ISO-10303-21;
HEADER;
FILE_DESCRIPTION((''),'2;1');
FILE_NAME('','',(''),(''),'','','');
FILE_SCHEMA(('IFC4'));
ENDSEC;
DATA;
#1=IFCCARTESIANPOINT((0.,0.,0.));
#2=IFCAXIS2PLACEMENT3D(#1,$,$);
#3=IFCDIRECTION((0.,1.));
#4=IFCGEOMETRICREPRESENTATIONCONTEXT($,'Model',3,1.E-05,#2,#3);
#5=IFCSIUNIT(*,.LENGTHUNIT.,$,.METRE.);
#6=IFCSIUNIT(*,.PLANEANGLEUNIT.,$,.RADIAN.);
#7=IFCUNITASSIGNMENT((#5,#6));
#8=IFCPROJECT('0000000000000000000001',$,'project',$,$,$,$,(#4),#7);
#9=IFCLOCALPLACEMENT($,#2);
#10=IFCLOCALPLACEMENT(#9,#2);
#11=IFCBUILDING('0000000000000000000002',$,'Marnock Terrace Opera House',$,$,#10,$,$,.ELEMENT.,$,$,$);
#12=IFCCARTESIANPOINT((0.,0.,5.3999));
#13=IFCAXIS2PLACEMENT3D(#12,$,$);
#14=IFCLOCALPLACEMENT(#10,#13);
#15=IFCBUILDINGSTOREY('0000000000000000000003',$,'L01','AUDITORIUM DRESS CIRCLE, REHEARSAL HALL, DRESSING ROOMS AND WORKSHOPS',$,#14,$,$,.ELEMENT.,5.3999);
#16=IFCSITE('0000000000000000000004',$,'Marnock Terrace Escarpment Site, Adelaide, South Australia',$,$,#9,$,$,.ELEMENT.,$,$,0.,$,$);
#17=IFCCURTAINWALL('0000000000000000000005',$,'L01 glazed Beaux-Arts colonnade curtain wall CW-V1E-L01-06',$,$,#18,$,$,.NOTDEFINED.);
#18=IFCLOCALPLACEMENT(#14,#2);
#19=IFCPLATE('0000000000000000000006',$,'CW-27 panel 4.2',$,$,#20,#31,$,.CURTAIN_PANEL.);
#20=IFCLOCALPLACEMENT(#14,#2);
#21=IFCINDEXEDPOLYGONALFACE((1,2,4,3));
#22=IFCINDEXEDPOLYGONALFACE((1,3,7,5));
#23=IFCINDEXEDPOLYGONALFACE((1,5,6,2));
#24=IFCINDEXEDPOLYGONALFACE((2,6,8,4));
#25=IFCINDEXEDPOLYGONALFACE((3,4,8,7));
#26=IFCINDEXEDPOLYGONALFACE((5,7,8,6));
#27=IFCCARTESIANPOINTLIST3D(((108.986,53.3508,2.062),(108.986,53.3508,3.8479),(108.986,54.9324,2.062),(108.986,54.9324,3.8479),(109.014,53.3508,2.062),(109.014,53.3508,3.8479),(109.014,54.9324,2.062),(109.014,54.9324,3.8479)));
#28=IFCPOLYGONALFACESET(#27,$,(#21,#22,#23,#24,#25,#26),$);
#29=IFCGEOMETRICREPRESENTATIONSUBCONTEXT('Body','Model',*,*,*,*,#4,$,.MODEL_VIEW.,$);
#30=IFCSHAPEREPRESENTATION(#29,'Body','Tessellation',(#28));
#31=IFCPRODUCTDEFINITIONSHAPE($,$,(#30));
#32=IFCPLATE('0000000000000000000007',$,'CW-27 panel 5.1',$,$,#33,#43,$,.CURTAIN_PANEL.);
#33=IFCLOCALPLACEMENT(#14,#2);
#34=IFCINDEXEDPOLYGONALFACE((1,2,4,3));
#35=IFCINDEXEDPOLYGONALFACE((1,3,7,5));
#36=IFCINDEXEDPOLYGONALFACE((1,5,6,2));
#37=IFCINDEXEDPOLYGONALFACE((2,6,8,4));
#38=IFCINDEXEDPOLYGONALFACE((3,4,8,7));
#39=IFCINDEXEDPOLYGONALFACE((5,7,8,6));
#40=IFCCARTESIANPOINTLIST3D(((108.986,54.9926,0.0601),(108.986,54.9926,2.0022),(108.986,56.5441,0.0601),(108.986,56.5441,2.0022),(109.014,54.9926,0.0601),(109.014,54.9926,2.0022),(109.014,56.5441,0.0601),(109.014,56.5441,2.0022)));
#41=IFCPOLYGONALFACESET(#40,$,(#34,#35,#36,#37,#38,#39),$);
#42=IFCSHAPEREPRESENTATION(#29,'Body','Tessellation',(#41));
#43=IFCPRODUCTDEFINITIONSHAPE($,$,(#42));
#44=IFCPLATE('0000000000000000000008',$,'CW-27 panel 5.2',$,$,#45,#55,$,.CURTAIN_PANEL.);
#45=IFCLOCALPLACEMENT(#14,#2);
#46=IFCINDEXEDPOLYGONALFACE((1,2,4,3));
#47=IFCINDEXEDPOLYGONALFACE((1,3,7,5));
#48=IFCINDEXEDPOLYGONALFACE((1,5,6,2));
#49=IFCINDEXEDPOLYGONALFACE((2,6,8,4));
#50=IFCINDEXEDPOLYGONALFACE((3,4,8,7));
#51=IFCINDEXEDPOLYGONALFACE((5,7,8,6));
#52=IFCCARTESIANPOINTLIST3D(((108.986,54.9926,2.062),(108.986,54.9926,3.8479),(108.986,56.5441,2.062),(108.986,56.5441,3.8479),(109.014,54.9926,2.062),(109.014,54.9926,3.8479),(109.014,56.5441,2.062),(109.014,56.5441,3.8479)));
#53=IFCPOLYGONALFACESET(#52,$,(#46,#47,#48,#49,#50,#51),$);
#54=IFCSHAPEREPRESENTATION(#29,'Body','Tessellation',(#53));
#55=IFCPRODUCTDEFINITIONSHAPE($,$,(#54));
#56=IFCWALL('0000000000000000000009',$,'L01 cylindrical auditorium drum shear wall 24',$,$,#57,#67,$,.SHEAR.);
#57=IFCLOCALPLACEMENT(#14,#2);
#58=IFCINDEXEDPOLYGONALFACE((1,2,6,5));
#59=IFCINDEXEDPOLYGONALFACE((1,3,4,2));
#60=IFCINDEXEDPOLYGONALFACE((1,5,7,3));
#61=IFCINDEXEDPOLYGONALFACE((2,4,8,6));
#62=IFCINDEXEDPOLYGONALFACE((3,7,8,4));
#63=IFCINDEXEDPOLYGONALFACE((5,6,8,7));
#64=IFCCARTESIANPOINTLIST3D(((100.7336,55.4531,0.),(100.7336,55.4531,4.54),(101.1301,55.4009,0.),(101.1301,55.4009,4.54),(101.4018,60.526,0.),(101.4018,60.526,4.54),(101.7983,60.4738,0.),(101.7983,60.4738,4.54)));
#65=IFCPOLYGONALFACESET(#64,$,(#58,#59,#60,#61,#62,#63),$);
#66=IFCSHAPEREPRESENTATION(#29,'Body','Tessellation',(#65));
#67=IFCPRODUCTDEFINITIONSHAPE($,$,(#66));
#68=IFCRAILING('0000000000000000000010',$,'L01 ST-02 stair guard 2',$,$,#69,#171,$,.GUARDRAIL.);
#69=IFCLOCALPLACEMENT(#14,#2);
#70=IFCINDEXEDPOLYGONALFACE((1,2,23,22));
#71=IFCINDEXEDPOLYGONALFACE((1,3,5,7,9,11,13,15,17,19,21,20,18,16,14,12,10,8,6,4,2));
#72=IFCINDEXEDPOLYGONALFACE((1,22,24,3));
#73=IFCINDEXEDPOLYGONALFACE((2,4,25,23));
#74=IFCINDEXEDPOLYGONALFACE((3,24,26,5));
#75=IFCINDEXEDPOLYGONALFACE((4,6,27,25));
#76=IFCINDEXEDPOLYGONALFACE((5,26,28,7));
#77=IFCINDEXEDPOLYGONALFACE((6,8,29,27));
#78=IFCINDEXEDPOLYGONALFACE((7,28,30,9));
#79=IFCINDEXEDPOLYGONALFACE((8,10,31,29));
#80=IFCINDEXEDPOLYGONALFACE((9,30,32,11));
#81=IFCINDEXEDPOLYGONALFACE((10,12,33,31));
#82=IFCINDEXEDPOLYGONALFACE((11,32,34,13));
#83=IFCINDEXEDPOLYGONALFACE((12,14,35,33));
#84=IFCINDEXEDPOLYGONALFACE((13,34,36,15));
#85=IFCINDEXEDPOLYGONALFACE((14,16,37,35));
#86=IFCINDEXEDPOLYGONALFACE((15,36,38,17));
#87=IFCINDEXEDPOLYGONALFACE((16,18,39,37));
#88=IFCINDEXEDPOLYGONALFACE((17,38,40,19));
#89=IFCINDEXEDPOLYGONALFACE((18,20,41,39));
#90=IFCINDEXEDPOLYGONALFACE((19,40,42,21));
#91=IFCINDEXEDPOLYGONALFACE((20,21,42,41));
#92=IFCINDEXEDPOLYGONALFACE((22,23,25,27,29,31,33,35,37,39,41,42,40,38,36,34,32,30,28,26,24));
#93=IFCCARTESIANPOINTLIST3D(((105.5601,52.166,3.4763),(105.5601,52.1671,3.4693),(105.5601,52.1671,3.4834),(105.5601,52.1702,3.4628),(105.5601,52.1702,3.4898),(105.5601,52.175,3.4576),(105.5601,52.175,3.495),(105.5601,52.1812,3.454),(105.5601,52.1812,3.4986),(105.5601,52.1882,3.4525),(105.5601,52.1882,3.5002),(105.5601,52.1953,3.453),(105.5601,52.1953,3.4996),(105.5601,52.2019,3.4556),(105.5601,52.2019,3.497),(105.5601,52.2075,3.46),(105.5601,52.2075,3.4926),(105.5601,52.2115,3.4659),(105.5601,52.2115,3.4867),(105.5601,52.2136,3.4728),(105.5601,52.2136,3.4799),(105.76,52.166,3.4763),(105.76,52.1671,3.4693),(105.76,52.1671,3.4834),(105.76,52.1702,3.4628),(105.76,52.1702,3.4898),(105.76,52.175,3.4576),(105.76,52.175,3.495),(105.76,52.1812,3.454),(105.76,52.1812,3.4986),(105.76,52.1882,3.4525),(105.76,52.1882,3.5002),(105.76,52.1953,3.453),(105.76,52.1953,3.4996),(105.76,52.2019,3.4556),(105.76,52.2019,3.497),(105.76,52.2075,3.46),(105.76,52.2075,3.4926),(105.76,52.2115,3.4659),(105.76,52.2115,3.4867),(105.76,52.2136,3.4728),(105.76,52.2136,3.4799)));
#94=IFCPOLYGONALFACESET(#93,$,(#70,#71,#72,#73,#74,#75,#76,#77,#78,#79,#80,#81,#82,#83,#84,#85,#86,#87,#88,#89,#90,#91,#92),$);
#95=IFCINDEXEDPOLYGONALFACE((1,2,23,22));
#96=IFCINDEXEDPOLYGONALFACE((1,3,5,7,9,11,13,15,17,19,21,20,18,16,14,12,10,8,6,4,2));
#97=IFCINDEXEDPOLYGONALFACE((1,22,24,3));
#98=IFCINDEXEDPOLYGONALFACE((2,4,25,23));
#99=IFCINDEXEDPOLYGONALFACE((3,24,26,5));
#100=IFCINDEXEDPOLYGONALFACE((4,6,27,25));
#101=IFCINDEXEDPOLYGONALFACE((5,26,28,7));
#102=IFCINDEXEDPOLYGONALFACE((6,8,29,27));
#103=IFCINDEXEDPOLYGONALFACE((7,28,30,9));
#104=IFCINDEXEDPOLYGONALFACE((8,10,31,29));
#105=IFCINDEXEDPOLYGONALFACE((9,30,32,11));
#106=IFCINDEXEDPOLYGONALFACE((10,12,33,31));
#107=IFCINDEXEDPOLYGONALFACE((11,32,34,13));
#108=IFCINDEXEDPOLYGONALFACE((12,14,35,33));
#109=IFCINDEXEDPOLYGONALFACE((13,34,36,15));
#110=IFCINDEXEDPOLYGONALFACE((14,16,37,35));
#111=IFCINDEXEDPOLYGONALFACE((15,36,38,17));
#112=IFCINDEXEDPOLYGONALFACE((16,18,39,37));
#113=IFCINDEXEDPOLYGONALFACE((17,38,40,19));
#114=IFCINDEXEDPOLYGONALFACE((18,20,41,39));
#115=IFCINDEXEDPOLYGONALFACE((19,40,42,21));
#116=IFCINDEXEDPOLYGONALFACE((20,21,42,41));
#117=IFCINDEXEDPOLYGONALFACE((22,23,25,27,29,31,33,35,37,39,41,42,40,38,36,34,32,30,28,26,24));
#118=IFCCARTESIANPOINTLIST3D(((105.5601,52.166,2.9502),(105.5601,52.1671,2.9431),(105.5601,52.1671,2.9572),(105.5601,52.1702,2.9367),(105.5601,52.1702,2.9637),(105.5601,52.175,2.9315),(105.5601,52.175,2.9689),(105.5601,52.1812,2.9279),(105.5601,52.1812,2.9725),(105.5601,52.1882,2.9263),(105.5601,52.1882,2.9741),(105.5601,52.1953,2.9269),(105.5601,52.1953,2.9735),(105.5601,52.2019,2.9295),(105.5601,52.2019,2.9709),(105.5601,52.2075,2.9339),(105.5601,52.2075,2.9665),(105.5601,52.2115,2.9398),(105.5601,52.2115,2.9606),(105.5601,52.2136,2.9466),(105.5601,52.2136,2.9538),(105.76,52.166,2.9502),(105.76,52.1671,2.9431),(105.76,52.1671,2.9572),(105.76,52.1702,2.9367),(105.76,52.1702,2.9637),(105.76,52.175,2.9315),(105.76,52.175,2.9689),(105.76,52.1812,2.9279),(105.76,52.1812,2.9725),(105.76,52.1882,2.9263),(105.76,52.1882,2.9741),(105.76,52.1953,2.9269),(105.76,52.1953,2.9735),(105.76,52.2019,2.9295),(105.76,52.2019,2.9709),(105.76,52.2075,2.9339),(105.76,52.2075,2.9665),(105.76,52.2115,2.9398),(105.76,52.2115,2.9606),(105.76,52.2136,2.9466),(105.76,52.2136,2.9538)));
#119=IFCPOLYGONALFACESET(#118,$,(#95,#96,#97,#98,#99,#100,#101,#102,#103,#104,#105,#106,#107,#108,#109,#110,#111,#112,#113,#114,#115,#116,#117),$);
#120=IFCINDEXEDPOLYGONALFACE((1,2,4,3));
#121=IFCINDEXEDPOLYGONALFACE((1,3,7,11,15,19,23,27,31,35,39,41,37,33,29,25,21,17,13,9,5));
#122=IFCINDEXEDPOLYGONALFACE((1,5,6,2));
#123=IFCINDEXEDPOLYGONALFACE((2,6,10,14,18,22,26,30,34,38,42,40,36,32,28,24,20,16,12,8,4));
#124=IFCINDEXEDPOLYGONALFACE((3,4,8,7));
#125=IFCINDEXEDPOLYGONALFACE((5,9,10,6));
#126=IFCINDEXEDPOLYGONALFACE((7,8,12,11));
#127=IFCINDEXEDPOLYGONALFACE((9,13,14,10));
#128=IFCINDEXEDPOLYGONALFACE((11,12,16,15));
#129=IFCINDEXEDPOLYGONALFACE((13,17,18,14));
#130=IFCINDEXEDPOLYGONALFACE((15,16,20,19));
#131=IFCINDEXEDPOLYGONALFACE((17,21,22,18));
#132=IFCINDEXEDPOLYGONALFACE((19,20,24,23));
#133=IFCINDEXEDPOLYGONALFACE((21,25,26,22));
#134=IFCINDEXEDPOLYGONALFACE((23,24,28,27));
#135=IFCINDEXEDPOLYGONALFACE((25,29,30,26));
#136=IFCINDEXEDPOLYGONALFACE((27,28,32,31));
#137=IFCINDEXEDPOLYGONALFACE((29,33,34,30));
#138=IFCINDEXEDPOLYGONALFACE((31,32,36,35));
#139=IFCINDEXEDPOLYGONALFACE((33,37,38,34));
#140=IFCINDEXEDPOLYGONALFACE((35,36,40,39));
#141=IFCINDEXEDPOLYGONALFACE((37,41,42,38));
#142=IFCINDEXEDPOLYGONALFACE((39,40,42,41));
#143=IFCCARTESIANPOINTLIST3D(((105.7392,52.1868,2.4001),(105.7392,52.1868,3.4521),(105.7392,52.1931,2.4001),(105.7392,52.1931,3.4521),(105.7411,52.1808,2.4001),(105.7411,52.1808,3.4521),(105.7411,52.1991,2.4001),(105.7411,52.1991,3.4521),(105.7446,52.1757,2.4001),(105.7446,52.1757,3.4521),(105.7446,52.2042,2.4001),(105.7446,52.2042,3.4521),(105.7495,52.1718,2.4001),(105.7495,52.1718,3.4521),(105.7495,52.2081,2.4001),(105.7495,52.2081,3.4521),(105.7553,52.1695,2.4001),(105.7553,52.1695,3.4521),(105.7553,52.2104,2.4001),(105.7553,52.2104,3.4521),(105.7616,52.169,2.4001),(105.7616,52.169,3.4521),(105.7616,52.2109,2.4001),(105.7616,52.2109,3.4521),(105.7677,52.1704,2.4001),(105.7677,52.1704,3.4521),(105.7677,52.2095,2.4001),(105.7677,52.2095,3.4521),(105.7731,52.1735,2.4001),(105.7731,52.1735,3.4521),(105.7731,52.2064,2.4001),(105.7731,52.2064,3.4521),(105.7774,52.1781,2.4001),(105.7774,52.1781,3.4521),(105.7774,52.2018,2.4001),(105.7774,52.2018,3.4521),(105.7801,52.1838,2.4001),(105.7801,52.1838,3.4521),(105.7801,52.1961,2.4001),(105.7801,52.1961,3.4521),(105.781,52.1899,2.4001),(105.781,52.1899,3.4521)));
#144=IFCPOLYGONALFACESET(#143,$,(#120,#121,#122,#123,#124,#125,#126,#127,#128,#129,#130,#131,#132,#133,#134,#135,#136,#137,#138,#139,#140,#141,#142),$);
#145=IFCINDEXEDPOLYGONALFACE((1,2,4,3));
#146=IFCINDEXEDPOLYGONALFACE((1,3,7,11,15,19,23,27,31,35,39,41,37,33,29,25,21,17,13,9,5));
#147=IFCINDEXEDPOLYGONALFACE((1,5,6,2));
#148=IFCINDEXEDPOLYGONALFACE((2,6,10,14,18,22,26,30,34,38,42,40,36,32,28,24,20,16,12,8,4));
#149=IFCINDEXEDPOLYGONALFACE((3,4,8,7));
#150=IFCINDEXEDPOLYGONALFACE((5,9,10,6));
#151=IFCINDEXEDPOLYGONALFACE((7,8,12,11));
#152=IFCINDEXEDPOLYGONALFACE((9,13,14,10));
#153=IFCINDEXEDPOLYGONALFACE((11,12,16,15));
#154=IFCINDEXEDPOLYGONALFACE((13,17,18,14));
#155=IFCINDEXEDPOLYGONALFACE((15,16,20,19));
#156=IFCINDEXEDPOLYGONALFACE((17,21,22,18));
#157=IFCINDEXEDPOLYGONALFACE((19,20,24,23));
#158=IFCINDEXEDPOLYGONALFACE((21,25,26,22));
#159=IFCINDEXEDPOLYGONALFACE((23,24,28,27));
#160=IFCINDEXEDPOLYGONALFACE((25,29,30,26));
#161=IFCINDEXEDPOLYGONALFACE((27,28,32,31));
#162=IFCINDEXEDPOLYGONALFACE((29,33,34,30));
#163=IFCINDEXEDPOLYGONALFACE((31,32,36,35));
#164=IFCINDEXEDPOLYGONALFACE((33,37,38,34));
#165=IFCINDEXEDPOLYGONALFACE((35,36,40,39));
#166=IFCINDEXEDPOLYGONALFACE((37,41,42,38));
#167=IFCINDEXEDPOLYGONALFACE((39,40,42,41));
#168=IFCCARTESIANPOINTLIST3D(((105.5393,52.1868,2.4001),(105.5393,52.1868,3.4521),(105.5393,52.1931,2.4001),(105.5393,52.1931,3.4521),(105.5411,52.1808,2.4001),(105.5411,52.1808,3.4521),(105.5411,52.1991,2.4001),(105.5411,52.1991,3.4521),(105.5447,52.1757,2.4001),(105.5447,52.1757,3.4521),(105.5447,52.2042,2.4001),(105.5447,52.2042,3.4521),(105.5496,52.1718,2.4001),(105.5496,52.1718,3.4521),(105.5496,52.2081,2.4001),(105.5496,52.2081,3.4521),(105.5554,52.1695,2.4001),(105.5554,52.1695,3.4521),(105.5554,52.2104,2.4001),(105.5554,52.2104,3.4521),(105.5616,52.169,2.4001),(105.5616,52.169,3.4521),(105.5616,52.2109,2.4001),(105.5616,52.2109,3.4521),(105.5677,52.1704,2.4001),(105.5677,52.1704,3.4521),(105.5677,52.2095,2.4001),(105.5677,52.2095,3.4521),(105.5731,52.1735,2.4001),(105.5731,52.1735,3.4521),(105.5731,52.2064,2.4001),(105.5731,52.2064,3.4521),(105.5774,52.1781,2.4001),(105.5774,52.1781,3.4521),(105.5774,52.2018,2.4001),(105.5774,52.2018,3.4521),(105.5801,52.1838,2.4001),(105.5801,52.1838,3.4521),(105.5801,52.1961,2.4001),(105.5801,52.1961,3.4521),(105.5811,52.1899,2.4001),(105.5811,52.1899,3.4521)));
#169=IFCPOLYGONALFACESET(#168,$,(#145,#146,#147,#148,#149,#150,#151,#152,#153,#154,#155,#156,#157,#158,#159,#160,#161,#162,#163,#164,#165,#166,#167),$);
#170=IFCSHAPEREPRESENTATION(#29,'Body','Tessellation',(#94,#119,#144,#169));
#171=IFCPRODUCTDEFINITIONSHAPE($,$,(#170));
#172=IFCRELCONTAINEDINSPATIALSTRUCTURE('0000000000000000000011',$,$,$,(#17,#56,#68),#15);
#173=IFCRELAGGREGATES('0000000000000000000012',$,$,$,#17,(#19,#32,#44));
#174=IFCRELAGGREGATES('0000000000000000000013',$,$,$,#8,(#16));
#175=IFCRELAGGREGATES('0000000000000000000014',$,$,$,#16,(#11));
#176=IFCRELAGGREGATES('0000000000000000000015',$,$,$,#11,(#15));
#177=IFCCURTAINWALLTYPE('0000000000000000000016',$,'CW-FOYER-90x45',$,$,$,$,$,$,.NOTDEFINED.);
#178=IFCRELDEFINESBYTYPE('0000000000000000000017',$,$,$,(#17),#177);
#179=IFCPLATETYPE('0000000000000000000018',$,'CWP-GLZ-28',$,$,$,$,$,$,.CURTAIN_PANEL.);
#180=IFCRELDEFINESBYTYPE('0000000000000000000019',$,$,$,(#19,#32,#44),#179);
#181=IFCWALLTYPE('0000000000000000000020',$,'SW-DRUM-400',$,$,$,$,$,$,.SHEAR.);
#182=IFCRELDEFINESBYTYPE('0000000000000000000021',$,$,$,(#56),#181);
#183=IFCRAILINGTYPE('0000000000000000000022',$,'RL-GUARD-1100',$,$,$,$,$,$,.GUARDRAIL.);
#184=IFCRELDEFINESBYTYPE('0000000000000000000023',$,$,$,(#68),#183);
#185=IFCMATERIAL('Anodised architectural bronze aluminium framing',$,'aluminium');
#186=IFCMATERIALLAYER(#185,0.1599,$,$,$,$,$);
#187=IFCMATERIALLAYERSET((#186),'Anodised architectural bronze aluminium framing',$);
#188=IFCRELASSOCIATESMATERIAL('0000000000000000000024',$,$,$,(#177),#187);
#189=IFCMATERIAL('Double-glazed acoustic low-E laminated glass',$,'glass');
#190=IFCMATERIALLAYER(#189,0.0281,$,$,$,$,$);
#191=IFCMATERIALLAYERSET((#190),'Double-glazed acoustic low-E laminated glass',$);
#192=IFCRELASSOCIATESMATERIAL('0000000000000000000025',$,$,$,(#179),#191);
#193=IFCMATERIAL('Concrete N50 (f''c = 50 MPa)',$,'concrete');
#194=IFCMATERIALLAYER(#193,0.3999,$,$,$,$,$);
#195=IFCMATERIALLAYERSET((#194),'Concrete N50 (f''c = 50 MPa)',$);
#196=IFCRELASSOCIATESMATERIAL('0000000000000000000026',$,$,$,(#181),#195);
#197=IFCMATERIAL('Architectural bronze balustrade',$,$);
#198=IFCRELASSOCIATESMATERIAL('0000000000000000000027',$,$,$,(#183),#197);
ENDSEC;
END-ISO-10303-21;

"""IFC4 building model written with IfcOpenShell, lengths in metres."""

from ifc_helpers import new_model, si_unit, direction, frame, frame_2d, origin, origin_2d, place, context, subcontext, project, spatial, rectangle, circle, extrude, material, layer, layer_set, type_object, element, aggregate, save


model = new_model("IFC4")

# Units and contexts
model_context = context("Model", 3, precision=1e-05, world=origin(), true_north=direction((0.0, 1.0)))
body_context = subcontext(model_context, "Body", "Model", "MODEL_VIEW")
ifc_project = project(units=[si_unit("LENGTHUNIT", "METRE"), si_unit("PLANEANGLEUNIT", "RADIAN")], contexts=[model_context])

# Site, building, storey
site_placement = place(None, origin())
site = spatial("IfcSite", under=ifc_project, at=site_placement, Name="Marnock Terrace Escarpment Site, Adelaide, South Australia", CompositionType="ELEMENT", RefElevation=0.0)
building_placement = place(site_placement, origin())
building = spatial("IfcBuilding", under=site, at=building_placement, Name="Marnock Terrace Opera House", CompositionType="ELEMENT")
storey_placement = place(building_placement, frame((0.0, 0.0, 5.3999)))
storey = spatial("IfcBuildingStorey", under=building, at=storey_placement, Name="L01", Description="AUDITORIUM DRESS CIRCLE, REHEARSAL HALL, DRESSING ROOMS AND WORKSHOPS", CompositionType="ELEMENT", Elevation=5.3999)

# Shared definitions
ifc_material_1 = material(Name="Concrete N50 (f'c = 50 MPa)", Category="concrete")

# Curtain wall, plates
ifc_material_2 = material(Name="Anodised architectural bronze aluminium framing", Category="aluminium")
ifc_layer_1 = layer(ifc_material_2, 0.1599)
ifc_layer_set_1 = layer_set([ifc_layer_1], Name="Anodised architectural bronze aluminium framing")
curtain_wall_type = type_object("IfcCurtainWallType", Name="CW-FOYER-90x45", PredefinedType="NOTDEFINED", material=ifc_layer_set_1)
curtain_wall_placement = place(storey_placement, origin())
curtain_wall = element("IfcCurtainWall", 1, at=curtain_wall_placement, inside=storey, type_object=curtain_wall_type, Name="L01 glazed Beaux-Arts colonnade curtain wall CW-V1E-L01-06", PredefinedType="NOTDEFINED")
ifc_material_3 = material(Name="Double-glazed acoustic low-E laminated glass", Category="glass")
ifc_layer_2 = layer(ifc_material_3, 0.0281)
ifc_layer_set_2 = layer_set([ifc_layer_2], Name="Double-glazed acoustic low-E laminated glass")
plate_type = type_object("IfcPlateType", Name="CWP-GLZ-28", PredefinedType="CURTAIN_PANEL", material=ifc_layer_set_2)
plate_1_placement = place(storey_placement, frame((109.0, 54.1416, 2.062), z_axis=(0.0, 0.0, 1.0), x_axis=(0.0, 1.0, 0.0)))
plate_1 = element("IfcPlate", 2, at=plate_1_placement, type_object=plate_type, Name="CW-27 panel 4.2", PredefinedType="CURTAIN_PANEL", context=body_context, shape_type="SweptSolid", body=[
    extrude(rectangle(XDim=1.5815, YDim=0.0281, at=origin_2d()), origin(), (0.0, 0.0, 1.0), 1.7859),
])
plate_2_placement = place(storey_placement, frame((109.0, 55.7683, 0.0601), z_axis=(0.0, 0.0, 1.0), x_axis=(0.0, 1.0, 0.0)))
plate_2 = element("IfcPlate", 3, at=plate_2_placement, type_object=plate_type, Name="CW-27 panel 5.1", PredefinedType="CURTAIN_PANEL", context=body_context, shape_type="SweptSolid", body=[
    extrude(rectangle(XDim=1.5515, YDim=0.0281, at=origin_2d()), origin(), (0.0, 0.0, 1.0), 1.9421),
])
plate_3_placement = place(storey_placement, frame((109.0, 55.7683, 2.062), z_axis=(0.0, 0.0, 1.0), x_axis=(0.0, 1.0, 0.0)))
plate_3 = element("IfcPlate", 4, at=plate_3_placement, type_object=plate_type, Name="CW-27 panel 5.2", PredefinedType="CURTAIN_PANEL", context=body_context, shape_type="SweptSolid", body=[
    extrude(rectangle(XDim=1.5515, YDim=0.0281, at=origin_2d()), origin(), (0.0, 0.0, 1.0), 1.7859),
])
aggregate(curtain_wall, [plate_1, plate_2, plate_3])

# Wall
ifc_layer_3 = layer(ifc_material_1, 0.3999)
ifc_layer_set_3 = layer_set([ifc_layer_3], Name="Concrete N50 (f'c = 50 MPa)")
wall_type = type_object("IfcWallType", Name="SW-DRUM-400", PredefinedType="SHEAR", material=ifc_layer_set_3)
wall_placement = place(storey_placement, frame((100.9319, 55.427, 0.0), z_axis=(0.0, 0.0, 1.0), x_axis=(0.130592, 0.991436, 0.0)))
element("IfcWall", 5, at=wall_placement, inside=storey, type_object=wall_type, Name="L01 cylindrical auditorium drum shear wall 24", PredefinedType="SHEAR", context=body_context, shape_type="SweptSolid", body=[
    extrude(rectangle(XDim=5.1167, YDim=0.3999, at=frame_2d((2.5583, 0.0))), origin(), (0.0, 0.0, 1.0), 4.54),
])

# Railing
ifc_material_4 = material(Name="Architectural bronze balustrade")
railing_type = type_object("IfcRailingType", Name="RL-GUARD-1100", PredefinedType="GUARDRAIL", material=ifc_material_4)
railing_1_placement = place(storey_placement, frame((105.76, 52.1899, 2.4001)))
element("IfcRailing", 6, at=railing_1_placement, inside=storey, type_object=railing_type, Name="L01 ST-02 stair guard 2", PredefinedType="GUARDRAIL", context=body_context, shape_type="SweptSolid", body=[
    extrude(circle(Radius=0.0239, at=origin_2d()), frame((0.0, 0.0, 1.0762), z_axis=(-1.0, 0.0, 0.0), x_axis=(0.0, -1.0, 0.0)), (0.0, 0.0, 1.0), 0.2),
    extrude(circle(Radius=0.0239, at=origin_2d()), frame((0.0, 0.0, 0.55), z_axis=(-1.0, 0.0, 0.0), x_axis=(0.0, -1.0, 0.0)), (0.0, 0.0, 1.0), 0.2),
    extrude(circle(Radius=0.021, at=origin_2d()), origin(), (0.0, 0.0, 1.0), 1.052),
    extrude(circle(Radius=0.021, at=origin_2d()), frame((-0.2, 0.0, 0.0)), (0.0, 0.0, 1.0), 1.052),
])

save(model, "model.ifc")
